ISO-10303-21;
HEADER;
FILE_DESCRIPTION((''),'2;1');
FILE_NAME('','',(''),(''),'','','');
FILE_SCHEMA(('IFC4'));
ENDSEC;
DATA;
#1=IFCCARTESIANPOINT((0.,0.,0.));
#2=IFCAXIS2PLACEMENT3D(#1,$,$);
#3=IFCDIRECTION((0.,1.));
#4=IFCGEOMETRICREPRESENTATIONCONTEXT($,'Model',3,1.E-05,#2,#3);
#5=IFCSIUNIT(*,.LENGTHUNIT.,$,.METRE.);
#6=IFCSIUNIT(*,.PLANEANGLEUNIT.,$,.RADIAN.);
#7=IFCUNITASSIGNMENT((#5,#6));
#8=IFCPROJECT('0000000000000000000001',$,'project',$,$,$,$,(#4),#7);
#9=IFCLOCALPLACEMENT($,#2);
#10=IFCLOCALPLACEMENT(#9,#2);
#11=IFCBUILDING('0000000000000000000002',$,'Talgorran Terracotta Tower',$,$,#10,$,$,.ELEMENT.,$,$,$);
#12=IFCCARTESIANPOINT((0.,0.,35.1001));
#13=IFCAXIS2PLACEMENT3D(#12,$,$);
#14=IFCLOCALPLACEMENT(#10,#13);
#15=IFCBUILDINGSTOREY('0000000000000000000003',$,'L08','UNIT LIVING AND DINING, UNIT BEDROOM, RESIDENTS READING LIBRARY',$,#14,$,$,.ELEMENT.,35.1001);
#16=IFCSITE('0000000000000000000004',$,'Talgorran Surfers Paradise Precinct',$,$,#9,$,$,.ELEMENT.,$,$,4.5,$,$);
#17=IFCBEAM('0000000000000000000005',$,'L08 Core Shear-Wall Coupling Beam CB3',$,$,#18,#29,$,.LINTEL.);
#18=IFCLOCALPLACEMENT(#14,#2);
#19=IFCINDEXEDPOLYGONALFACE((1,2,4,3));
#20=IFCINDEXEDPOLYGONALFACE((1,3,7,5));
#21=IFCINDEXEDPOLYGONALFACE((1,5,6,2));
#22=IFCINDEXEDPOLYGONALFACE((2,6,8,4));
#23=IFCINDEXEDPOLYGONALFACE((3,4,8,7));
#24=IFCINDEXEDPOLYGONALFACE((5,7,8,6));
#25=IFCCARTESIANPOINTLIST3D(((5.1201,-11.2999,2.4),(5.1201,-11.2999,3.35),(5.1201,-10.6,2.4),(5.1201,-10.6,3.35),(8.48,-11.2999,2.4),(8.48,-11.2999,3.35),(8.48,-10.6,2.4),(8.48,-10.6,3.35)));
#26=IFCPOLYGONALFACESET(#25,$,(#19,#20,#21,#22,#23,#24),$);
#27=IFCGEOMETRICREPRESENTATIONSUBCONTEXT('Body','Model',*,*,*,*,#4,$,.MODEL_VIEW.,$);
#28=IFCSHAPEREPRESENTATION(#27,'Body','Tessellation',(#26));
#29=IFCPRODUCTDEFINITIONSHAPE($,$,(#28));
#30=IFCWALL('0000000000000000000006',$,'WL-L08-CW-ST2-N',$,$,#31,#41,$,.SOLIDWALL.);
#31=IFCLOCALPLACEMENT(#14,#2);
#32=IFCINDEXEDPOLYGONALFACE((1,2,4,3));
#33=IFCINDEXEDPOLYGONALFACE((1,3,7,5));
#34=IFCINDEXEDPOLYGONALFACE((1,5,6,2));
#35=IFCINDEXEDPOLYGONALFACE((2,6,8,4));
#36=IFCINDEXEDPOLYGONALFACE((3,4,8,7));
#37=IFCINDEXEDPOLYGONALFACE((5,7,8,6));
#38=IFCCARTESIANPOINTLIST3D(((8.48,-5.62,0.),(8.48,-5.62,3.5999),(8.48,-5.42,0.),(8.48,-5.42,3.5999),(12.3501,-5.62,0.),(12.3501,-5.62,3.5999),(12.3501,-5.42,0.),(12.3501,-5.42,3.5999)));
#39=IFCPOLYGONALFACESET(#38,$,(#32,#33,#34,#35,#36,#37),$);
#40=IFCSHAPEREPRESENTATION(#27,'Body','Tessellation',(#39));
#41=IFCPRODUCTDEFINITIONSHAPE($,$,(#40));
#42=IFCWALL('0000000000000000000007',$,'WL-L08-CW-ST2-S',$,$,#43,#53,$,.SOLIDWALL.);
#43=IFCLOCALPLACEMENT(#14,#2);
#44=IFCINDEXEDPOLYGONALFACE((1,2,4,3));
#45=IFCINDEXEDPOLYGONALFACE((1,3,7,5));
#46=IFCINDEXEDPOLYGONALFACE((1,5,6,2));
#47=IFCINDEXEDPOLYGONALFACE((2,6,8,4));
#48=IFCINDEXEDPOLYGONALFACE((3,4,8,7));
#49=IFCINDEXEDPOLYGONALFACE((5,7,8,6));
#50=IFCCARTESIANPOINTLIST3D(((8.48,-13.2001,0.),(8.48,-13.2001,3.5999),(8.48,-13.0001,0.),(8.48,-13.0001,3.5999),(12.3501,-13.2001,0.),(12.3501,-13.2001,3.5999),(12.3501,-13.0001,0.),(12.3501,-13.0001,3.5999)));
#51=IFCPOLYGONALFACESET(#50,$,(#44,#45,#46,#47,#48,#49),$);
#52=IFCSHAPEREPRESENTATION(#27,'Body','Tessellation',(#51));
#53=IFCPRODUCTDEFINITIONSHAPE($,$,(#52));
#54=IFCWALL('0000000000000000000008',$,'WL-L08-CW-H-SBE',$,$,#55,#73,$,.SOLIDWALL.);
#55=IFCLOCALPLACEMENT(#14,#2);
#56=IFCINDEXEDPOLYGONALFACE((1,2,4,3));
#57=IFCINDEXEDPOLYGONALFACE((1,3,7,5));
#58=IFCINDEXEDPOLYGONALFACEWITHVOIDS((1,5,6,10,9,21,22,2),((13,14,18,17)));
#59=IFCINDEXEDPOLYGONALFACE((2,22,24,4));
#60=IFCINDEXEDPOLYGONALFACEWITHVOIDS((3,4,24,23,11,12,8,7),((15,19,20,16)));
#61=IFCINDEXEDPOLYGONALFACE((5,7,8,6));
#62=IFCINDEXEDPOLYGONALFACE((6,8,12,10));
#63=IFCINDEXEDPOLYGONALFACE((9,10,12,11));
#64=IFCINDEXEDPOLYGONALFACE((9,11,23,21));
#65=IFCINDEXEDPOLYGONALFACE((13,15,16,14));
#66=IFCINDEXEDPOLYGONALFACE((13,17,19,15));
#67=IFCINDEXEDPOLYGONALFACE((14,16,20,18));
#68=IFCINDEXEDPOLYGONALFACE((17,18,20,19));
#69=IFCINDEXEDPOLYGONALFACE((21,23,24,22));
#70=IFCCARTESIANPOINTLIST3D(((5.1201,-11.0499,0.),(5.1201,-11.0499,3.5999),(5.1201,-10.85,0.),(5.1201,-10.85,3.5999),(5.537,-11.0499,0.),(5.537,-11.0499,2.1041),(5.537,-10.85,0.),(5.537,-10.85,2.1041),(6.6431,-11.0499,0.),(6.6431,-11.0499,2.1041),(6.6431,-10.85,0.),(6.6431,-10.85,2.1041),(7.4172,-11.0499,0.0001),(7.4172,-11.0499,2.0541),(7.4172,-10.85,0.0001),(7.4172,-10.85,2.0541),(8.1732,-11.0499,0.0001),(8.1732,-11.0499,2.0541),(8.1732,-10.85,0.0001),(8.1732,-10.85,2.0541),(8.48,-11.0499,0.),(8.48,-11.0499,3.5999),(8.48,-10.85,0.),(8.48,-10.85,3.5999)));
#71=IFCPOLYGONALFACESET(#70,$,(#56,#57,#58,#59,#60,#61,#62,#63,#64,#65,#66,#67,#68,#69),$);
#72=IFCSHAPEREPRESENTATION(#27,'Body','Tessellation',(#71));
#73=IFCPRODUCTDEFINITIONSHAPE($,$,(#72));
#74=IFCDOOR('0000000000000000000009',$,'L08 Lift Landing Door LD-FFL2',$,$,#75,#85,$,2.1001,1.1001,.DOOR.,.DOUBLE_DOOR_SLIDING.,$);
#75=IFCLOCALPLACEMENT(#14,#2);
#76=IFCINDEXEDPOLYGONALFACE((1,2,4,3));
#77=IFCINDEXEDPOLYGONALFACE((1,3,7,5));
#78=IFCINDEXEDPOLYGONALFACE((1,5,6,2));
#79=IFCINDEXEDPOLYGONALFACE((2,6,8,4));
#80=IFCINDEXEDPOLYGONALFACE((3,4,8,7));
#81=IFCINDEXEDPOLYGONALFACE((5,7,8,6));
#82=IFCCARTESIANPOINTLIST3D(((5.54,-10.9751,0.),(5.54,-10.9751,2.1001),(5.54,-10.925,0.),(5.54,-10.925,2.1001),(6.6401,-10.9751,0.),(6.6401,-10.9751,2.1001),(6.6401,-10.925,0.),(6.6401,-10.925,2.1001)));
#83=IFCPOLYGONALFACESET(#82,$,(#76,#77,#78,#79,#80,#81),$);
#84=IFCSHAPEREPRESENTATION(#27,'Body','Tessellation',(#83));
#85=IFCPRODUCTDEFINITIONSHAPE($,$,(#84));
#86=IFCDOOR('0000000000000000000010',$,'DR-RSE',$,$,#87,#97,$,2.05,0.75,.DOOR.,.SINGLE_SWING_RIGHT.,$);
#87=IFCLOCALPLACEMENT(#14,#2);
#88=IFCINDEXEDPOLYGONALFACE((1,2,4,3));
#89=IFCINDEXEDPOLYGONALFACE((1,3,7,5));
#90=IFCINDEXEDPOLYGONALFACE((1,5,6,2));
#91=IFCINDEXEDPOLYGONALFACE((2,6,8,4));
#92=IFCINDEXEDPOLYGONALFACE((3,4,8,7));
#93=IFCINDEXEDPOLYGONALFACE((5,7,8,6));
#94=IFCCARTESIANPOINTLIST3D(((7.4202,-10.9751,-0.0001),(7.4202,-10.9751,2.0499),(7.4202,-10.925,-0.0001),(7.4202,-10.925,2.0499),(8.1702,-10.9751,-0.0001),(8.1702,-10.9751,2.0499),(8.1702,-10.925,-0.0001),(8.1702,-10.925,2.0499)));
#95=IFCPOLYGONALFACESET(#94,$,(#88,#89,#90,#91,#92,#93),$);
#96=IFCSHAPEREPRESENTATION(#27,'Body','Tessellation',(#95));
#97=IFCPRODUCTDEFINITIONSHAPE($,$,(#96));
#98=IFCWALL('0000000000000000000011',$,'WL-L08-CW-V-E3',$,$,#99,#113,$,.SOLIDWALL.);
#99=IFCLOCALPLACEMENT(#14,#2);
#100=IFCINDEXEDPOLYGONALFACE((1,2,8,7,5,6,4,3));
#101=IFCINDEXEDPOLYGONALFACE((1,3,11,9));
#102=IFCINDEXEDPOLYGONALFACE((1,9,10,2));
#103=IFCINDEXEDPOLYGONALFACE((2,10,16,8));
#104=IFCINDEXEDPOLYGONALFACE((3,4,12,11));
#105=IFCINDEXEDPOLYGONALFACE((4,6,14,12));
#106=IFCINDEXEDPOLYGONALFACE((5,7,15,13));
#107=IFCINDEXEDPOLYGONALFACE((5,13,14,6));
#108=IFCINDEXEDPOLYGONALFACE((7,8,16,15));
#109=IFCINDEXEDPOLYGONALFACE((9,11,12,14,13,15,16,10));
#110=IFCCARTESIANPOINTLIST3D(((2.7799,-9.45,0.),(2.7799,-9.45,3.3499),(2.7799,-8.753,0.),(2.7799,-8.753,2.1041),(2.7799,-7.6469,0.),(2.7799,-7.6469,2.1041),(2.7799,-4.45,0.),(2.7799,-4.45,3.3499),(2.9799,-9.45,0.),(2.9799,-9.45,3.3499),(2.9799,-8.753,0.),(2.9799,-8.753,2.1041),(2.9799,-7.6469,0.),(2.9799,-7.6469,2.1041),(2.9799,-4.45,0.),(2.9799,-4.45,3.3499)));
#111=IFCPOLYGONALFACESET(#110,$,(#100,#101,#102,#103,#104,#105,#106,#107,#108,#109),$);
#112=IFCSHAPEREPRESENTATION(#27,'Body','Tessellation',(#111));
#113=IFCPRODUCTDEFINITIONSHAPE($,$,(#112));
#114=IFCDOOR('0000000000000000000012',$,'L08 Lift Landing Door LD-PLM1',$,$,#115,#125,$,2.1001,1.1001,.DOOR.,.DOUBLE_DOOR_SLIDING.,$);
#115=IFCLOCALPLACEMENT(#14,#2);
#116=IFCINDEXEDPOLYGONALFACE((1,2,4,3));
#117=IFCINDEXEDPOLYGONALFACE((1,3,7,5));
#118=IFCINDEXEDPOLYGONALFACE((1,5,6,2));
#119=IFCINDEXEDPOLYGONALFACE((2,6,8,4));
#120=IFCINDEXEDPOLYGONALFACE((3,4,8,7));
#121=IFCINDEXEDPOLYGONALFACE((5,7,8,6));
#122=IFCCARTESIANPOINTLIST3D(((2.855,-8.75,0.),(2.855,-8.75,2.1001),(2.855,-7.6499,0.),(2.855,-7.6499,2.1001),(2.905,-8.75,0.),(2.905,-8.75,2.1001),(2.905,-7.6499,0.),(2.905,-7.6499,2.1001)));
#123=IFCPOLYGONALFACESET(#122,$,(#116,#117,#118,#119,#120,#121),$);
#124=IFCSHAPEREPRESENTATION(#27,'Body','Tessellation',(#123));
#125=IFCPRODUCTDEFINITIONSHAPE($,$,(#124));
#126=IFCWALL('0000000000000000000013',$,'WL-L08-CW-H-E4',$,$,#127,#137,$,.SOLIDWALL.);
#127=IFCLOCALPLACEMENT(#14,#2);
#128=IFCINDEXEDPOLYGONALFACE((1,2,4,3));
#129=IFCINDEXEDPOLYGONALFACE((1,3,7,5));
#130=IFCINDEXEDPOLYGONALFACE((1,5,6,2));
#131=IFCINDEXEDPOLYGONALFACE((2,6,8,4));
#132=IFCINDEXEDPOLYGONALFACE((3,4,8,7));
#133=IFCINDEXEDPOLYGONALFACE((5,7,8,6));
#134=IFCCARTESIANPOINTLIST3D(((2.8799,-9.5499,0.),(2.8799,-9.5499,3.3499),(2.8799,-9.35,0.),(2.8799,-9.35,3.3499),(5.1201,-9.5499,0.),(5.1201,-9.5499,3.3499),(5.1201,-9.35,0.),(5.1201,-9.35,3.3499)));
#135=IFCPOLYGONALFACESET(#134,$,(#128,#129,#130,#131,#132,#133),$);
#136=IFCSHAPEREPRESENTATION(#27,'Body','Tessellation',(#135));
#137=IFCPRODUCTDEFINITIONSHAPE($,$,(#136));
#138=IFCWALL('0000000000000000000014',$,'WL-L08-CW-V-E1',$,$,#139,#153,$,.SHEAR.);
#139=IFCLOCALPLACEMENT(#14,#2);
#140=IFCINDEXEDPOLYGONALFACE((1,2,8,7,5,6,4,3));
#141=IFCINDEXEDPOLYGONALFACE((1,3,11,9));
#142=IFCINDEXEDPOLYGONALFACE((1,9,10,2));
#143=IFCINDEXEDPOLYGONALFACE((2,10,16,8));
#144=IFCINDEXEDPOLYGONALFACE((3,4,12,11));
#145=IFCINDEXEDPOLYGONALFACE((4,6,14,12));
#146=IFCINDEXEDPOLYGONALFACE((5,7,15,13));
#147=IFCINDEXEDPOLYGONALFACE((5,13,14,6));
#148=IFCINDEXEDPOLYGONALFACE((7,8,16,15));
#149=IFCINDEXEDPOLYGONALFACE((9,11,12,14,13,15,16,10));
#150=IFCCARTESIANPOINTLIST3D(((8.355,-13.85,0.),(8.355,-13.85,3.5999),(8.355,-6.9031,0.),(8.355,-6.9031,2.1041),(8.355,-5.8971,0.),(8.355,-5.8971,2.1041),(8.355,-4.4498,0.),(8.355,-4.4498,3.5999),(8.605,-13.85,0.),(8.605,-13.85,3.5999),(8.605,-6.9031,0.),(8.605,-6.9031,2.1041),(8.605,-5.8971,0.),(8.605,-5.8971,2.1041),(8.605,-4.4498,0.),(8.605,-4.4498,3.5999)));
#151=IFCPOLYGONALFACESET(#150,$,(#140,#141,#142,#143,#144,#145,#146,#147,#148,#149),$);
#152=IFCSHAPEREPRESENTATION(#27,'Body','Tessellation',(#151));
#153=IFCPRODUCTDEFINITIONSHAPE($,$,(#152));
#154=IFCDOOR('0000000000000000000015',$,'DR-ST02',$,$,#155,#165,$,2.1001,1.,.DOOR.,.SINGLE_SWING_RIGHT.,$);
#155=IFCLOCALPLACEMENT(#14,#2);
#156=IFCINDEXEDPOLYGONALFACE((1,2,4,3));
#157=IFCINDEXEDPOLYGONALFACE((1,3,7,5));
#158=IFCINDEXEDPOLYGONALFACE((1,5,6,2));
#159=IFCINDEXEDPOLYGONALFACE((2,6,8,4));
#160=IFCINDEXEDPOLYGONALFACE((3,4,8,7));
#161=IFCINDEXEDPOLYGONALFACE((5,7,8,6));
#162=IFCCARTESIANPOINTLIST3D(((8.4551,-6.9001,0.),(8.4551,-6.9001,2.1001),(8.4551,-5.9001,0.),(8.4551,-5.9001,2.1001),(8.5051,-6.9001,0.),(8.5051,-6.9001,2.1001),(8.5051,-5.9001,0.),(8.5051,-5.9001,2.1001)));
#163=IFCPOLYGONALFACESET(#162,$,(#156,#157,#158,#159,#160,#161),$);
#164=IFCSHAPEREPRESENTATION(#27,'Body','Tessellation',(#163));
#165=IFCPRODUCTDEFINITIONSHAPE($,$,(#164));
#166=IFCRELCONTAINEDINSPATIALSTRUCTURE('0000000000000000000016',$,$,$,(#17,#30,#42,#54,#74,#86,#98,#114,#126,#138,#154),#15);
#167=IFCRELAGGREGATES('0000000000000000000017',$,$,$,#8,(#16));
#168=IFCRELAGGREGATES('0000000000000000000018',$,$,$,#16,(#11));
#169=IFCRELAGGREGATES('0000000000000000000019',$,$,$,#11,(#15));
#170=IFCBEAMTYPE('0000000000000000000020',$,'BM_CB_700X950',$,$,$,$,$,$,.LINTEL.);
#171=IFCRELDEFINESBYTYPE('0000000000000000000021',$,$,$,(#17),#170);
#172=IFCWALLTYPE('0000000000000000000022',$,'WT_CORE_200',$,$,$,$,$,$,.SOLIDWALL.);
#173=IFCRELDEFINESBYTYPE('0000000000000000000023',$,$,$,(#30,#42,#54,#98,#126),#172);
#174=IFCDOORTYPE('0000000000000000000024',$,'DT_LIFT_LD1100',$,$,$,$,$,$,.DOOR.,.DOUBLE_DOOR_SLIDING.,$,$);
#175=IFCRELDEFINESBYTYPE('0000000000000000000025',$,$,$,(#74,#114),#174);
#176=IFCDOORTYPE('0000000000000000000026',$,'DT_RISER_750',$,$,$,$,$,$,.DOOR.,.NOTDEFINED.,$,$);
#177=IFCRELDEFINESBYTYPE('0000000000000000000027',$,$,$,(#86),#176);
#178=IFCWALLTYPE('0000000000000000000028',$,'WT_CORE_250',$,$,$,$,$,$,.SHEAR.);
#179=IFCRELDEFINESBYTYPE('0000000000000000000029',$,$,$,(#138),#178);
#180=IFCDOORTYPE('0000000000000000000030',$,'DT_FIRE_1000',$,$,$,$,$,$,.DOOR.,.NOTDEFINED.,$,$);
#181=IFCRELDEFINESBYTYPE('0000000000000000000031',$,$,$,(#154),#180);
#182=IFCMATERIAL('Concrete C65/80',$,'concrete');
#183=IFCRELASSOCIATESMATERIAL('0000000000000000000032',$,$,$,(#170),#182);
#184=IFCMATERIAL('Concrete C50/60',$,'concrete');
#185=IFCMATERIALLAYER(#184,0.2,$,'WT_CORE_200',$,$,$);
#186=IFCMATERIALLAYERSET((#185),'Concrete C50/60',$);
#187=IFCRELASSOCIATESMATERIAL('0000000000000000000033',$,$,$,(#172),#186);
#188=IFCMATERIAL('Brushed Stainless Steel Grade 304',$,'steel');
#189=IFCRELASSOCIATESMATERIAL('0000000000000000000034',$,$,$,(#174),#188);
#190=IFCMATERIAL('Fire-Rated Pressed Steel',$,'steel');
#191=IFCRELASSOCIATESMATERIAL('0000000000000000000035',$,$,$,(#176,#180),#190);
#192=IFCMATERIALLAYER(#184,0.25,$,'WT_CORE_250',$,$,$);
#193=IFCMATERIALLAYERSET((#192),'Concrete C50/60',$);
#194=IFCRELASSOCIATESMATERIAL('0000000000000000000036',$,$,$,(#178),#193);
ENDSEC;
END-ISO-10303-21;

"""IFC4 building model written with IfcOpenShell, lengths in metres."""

from ifc_helpers import new_model, si_unit, direction, frame, frame_2d, origin, origin_2d, place, context, subcontext, project, spatial, rectangle, extrude, material, layer, layer_set, material_profile, profile_set, type_object, element, fill, save


model = new_model("IFC4")

# Units and contexts
model_context = context("Model", 3, precision=1e-05, world=origin(), true_north=direction((0.0, 1.0)))
body_context = subcontext(model_context, "Body", "Model", "MODEL_VIEW")
ifc_project = project(units=[si_unit("LENGTHUNIT", "METRE"), si_unit("PLANEANGLEUNIT", "RADIAN")], contexts=[model_context])

# Site, building, storey
site_placement = place(None, origin())
site = spatial("IfcSite", under=ifc_project, at=site_placement, Name="Talgorran Surfers Paradise Precinct", CompositionType="ELEMENT", RefElevation=4.5)
building_placement = place(site_placement, origin())
building = spatial("IfcBuilding", under=site, at=building_placement, Name="Talgorran Terracotta Tower", CompositionType="ELEMENT")
storey_placement = place(building_placement, frame((0.0, 0.0, 35.1001)))
storey = spatial("IfcBuildingStorey", under=building, at=storey_placement, Name="L08", Description="UNIT LIVING AND DINING, UNIT BEDROOM, RESIDENTS READING LIBRARY", CompositionType="ELEMENT", Elevation=35.1001)

# Beam
ifc_material_1 = material(Name="Concrete C65/80", Category="concrete")
ifc_material_profile = material_profile(ifc_material_1, rectangle(XDim=0.7, YDim=0.95, at=origin_2d()), Name="RCCB700X950")
ifc_profile_set = profile_set([ifc_material_profile], Name="Concrete C65/80")
beam_type = type_object("IfcBeamType", Name="BM_CB_700X950", PredefinedType="LINTEL", material=ifc_profile_set)
beam_placement = place(storey_placement, frame((5.1201, -10.95, 2.875), z_axis=(1.0, 0.0, 0.0), x_axis=(0.0, 1.0, 0.0)))
element("IfcBeam", 1, at=beam_placement, inside=storey, type_object=beam_type, Name="L08 Core Shear-Wall Coupling Beam CB3", PredefinedType="LINTEL", context=body_context, shape_type="SweptSolid", body=[
    extrude(rectangle(XDim=0.7, YDim=0.95, at=origin_2d()), origin(), (0.0, 0.0, 1.0), 3.3599),
])

# Walls
ifc_material_2 = material(Name="Concrete C50/60", Category="concrete")
ifc_layer_1 = layer(ifc_material_2, 0.2, Name="WT_CORE_200")
ifc_layer_set_1 = layer_set([ifc_layer_1], Name="Concrete C50/60")
wall_type_1 = type_object("IfcWallType", Name="WT_CORE_200", PredefinedType="SOLIDWALL", material=ifc_layer_set_1)
for number, where, z_axis, x_axis, name in (
    (2, (8.48, -5.52, 0.0), (0.0, 0.0, 1.0), (1.0, 0.0, 0.0), "WL-L08-CW-ST2-N"),
    (3, (8.48, -13.1001, 0.0), (0.0, 0.0, 1.0), (1.0, 0.0, 0.0), "WL-L08-CW-ST2-S"),
):
    element("IfcWall", number, at=place(storey_placement, frame(where, z_axis=z_axis, x_axis=x_axis)), inside=storey, type_object=wall_type_1, Name=name, PredefinedType="SOLIDWALL", context=body_context, shape_type="SweptSolid", body=[
        extrude(rectangle(XDim=3.8701, YDim=0.2, at=frame_2d((1.9351, 0.0))), origin(), (0.0, 0.0, 1.0), 3.5999),
    ])

# Wall, openings, doors
wall_1_placement = place(storey_placement, frame((5.1201, -10.95, 0.0), z_axis=(0.0, 0.0, 1.0), x_axis=(1.0, 0.0, 0.0)))
wall_1 = element("IfcWall", 4, at=wall_1_placement, inside=storey, type_object=wall_type_1, Name="WL-L08-CW-H-SBE", PredefinedType="SOLIDWALL", context=body_context, shape_type="SweptSolid", body=[
    extrude(rectangle(XDim=3.3599, YDim=0.2, at=frame_2d((1.6799, 0.0))), origin(), (0.0, 0.0, 1.0), 3.5999),
])
opening_1_placement = place(wall_1_placement, frame((0.4199, 0.0, 0.0)))
opening_1 = element("IfcOpeningElement", 5, at=opening_1_placement, cuts=wall_1, PredefinedType="OPENING", context=body_context, shape_type="SweptSolid", body=[
    extrude(rectangle(XDim=1.1061, YDim=2.1041, at=frame_2d((0.55, 1.052))), frame((0.0, 0.1099, 0.0), z_axis=(0.0, -1.0, 0.0), x_axis=(1.0, 0.0, 0.0)), (0.0, 0.0, 1.0), 0.22),
])
opening_2_placement = place(wall_1_placement, frame((2.3, 0.0, 0.0)))
opening_2 = element("IfcOpeningElement", 6, at=opening_2_placement, cuts=wall_1, PredefinedType="OPENING", context=body_context, shape_type="SweptSolid", body=[
    extrude(rectangle(XDim=0.756, YDim=2.054, at=frame_2d((0.375, 1.0271))), frame((0.0, 0.1099, 0.0), z_axis=(0.0, -1.0, 0.0), x_axis=(1.0, 0.0, 0.0)), (0.0, 0.0, 1.0), 0.22),
])
ifc_material_3 = material(Name="Brushed Stainless Steel Grade 304", Category="steel")
door_type_1 = type_object("IfcDoorType", Name="DT_LIFT_LD1100", OperationType="DOUBLE_DOOR_SLIDING", PredefinedType="DOOR", material=ifc_material_3)
door_1_placement = place(opening_1_placement, origin())
door_1 = element("IfcDoor", 7, at=door_1_placement, inside=storey, type_object=door_type_1, Name="L08 Lift Landing Door LD-FFL2", OperationType="DOUBLE_DOOR_SLIDING", OverallHeight=2.1001, OverallWidth=1.1001, PredefinedType="DOOR", context=body_context, shape_type="SweptSolid", body=[
    extrude(rectangle(XDim=1.1001, YDim=2.1001, at=frame_2d((0.55, 1.05))), frame((0.0, 0.0249, 0.0), z_axis=(0.0, -1.0, 0.0), x_axis=(1.0, 0.0, 0.0)), (0.0, 0.0, 1.0), 0.05),
])
fill(opening_1, door_1)
ifc_material_4 = material(Name="Fire-Rated Pressed Steel", Category="steel")
door_type_2 = type_object("IfcDoorType", Name="DT_RISER_750", OperationType="NOTDEFINED", PredefinedType="DOOR", material=ifc_material_4)
door_2_placement = place(opening_2_placement, origin())
door_2 = element("IfcDoor", 8, at=door_2_placement, inside=storey, type_object=door_type_2, Name="DR-RSE", OperationType="SINGLE_SWING_RIGHT", OverallHeight=2.05, OverallWidth=0.75, PredefinedType="DOOR", context=body_context, shape_type="SweptSolid", body=[
    extrude(rectangle(XDim=0.75, YDim=2.05, at=frame_2d((0.375, 1.0249))), frame((0.0, 0.0249, 0.0), z_axis=(0.0, -1.0, 0.0), x_axis=(1.0, 0.0, 0.0)), (0.0, 0.0, 1.0), 0.05),
])
fill(opening_2, door_2)

# Wall, opening, door
wall_2_placement = place(storey_placement, frame((2.8799, -9.45, 0.0), z_axis=(0.0, 0.0, 1.0), x_axis=(0.0, 1.0, 0.0)))
wall_2 = element("IfcWall", 9, at=wall_2_placement, inside=storey, type_object=wall_type_1, Name="WL-L08-CW-V-E3", PredefinedType="SOLIDWALL", context=body_context, shape_type="SweptSolid", body=[
    extrude(rectangle(XDim=5.0, YDim=0.2, at=frame_2d((2.5, 0.0))), origin(), (0.0, 0.0, 1.0), 3.3499),
])
opening_3_placement = place(wall_2_placement, frame((0.7, 0.0, 0.0)))
opening_3 = element("IfcOpeningElement", 10, at=opening_3_placement, cuts=wall_2, PredefinedType="OPENING", context=body_context, shape_type="SweptSolid", body=[
    extrude(rectangle(XDim=1.1061, YDim=2.1041, at=frame_2d((0.55, 1.052))), frame((0.0, 0.1099, 0.0), z_axis=(0.0, -1.0, 0.0), x_axis=(1.0, 0.0, 0.0)), (0.0, 0.0, 1.0), 0.22),
])
door_3_placement = place(opening_3_placement, origin())
door_3 = element("IfcDoor", 11, at=door_3_placement, inside=storey, type_object=door_type_1, Name="L08 Lift Landing Door LD-PLM1", OperationType="DOUBLE_DOOR_SLIDING", OverallHeight=2.1001, OverallWidth=1.1001, PredefinedType="DOOR", context=body_context, shape_type="SweptSolid", body=[
    extrude(rectangle(XDim=1.1001, YDim=2.1001, at=frame_2d((0.55, 1.05))), frame((0.0, 0.0249, 0.0), z_axis=(0.0, -1.0, 0.0), x_axis=(1.0, 0.0, 0.0)), (0.0, 0.0, 1.0), 0.05),
])
fill(opening_3, door_3)

# Wall
wall_3_placement = place(storey_placement, frame((2.8799, -9.45, 0.0), z_axis=(0.0, 0.0, 1.0), x_axis=(1.0, 0.0, 0.0)))
element("IfcWall", 12, at=wall_3_placement, inside=storey, type_object=wall_type_1, Name="WL-L08-CW-H-E4", PredefinedType="SOLIDWALL", context=body_context, shape_type="SweptSolid", body=[
    extrude(rectangle(XDim=2.2402, YDim=0.2, at=frame_2d((1.1201, 0.0))), origin(), (0.0, 0.0, 1.0), 3.3499),
])

# Wall, opening, door
ifc_layer_2 = layer(ifc_material_2, 0.25, Name="WT_CORE_250")
ifc_layer_set_2 = layer_set([ifc_layer_2], Name="Concrete C50/60")
wall_type_2 = type_object("IfcWallType", Name="WT_CORE_250", PredefinedType="SHEAR", material=ifc_layer_set_2)
wall_4_placement = place(storey_placement, frame((8.48, -13.8501, 0.0), z_axis=(0.0, 0.0, 1.0), x_axis=(0.0, 1.0, 0.0)))
wall_4 = element("IfcWall", 13, at=wall_4_placement, inside=storey, type_object=wall_type_2, Name="WL-L08-CW-V-E1", PredefinedType="SHEAR", context=body_context, shape_type="SweptSolid", body=[
    extrude(rectangle(XDim=9.4001, YDim=0.25, at=frame_2d((4.7002, 0.0))), origin(), (0.0, 0.0, 1.0), 3.5999),
])
opening_4_placement = place(wall_4_placement, frame((6.95, 0.0, 0.0)))
opening_4 = element("IfcOpeningElement", 14, at=opening_4_placement, cuts=wall_4, PredefinedType="OPENING", context=body_context, shape_type="SweptSolid", body=[
    extrude(rectangle(XDim=1.006, YDim=2.1041, at=frame_2d((0.5, 1.052))), frame((0.0, 0.135, 0.0), z_axis=(0.0, -1.0, 0.0), x_axis=(1.0, 0.0, 0.0)), (0.0, 0.0, 1.0), 0.27),
])
door_type_3 = type_object("IfcDoorType", Name="DT_FIRE_1000", OperationType="NOTDEFINED", PredefinedType="DOOR", material=ifc_material_4)
door_4_placement = place(opening_4_placement, origin())
door_4 = element("IfcDoor", 15, at=door_4_placement, inside=storey, type_object=door_type_3, Name="DR-ST02", OperationType="SINGLE_SWING_RIGHT", OverallHeight=2.1001, OverallWidth=1.0, PredefinedType="DOOR", context=body_context, shape_type="SweptSolid", body=[
    extrude(rectangle(XDim=1.0, YDim=2.1001, at=frame_2d((0.5, 1.05))), frame((0.0, 0.0249, 0.0), z_axis=(0.0, -1.0, 0.0), x_axis=(1.0, 0.0, 0.0)), (0.0, 0.0, 1.0), 0.05),
])
fill(opening_4, door_4)

save(model, "model.ifc")
